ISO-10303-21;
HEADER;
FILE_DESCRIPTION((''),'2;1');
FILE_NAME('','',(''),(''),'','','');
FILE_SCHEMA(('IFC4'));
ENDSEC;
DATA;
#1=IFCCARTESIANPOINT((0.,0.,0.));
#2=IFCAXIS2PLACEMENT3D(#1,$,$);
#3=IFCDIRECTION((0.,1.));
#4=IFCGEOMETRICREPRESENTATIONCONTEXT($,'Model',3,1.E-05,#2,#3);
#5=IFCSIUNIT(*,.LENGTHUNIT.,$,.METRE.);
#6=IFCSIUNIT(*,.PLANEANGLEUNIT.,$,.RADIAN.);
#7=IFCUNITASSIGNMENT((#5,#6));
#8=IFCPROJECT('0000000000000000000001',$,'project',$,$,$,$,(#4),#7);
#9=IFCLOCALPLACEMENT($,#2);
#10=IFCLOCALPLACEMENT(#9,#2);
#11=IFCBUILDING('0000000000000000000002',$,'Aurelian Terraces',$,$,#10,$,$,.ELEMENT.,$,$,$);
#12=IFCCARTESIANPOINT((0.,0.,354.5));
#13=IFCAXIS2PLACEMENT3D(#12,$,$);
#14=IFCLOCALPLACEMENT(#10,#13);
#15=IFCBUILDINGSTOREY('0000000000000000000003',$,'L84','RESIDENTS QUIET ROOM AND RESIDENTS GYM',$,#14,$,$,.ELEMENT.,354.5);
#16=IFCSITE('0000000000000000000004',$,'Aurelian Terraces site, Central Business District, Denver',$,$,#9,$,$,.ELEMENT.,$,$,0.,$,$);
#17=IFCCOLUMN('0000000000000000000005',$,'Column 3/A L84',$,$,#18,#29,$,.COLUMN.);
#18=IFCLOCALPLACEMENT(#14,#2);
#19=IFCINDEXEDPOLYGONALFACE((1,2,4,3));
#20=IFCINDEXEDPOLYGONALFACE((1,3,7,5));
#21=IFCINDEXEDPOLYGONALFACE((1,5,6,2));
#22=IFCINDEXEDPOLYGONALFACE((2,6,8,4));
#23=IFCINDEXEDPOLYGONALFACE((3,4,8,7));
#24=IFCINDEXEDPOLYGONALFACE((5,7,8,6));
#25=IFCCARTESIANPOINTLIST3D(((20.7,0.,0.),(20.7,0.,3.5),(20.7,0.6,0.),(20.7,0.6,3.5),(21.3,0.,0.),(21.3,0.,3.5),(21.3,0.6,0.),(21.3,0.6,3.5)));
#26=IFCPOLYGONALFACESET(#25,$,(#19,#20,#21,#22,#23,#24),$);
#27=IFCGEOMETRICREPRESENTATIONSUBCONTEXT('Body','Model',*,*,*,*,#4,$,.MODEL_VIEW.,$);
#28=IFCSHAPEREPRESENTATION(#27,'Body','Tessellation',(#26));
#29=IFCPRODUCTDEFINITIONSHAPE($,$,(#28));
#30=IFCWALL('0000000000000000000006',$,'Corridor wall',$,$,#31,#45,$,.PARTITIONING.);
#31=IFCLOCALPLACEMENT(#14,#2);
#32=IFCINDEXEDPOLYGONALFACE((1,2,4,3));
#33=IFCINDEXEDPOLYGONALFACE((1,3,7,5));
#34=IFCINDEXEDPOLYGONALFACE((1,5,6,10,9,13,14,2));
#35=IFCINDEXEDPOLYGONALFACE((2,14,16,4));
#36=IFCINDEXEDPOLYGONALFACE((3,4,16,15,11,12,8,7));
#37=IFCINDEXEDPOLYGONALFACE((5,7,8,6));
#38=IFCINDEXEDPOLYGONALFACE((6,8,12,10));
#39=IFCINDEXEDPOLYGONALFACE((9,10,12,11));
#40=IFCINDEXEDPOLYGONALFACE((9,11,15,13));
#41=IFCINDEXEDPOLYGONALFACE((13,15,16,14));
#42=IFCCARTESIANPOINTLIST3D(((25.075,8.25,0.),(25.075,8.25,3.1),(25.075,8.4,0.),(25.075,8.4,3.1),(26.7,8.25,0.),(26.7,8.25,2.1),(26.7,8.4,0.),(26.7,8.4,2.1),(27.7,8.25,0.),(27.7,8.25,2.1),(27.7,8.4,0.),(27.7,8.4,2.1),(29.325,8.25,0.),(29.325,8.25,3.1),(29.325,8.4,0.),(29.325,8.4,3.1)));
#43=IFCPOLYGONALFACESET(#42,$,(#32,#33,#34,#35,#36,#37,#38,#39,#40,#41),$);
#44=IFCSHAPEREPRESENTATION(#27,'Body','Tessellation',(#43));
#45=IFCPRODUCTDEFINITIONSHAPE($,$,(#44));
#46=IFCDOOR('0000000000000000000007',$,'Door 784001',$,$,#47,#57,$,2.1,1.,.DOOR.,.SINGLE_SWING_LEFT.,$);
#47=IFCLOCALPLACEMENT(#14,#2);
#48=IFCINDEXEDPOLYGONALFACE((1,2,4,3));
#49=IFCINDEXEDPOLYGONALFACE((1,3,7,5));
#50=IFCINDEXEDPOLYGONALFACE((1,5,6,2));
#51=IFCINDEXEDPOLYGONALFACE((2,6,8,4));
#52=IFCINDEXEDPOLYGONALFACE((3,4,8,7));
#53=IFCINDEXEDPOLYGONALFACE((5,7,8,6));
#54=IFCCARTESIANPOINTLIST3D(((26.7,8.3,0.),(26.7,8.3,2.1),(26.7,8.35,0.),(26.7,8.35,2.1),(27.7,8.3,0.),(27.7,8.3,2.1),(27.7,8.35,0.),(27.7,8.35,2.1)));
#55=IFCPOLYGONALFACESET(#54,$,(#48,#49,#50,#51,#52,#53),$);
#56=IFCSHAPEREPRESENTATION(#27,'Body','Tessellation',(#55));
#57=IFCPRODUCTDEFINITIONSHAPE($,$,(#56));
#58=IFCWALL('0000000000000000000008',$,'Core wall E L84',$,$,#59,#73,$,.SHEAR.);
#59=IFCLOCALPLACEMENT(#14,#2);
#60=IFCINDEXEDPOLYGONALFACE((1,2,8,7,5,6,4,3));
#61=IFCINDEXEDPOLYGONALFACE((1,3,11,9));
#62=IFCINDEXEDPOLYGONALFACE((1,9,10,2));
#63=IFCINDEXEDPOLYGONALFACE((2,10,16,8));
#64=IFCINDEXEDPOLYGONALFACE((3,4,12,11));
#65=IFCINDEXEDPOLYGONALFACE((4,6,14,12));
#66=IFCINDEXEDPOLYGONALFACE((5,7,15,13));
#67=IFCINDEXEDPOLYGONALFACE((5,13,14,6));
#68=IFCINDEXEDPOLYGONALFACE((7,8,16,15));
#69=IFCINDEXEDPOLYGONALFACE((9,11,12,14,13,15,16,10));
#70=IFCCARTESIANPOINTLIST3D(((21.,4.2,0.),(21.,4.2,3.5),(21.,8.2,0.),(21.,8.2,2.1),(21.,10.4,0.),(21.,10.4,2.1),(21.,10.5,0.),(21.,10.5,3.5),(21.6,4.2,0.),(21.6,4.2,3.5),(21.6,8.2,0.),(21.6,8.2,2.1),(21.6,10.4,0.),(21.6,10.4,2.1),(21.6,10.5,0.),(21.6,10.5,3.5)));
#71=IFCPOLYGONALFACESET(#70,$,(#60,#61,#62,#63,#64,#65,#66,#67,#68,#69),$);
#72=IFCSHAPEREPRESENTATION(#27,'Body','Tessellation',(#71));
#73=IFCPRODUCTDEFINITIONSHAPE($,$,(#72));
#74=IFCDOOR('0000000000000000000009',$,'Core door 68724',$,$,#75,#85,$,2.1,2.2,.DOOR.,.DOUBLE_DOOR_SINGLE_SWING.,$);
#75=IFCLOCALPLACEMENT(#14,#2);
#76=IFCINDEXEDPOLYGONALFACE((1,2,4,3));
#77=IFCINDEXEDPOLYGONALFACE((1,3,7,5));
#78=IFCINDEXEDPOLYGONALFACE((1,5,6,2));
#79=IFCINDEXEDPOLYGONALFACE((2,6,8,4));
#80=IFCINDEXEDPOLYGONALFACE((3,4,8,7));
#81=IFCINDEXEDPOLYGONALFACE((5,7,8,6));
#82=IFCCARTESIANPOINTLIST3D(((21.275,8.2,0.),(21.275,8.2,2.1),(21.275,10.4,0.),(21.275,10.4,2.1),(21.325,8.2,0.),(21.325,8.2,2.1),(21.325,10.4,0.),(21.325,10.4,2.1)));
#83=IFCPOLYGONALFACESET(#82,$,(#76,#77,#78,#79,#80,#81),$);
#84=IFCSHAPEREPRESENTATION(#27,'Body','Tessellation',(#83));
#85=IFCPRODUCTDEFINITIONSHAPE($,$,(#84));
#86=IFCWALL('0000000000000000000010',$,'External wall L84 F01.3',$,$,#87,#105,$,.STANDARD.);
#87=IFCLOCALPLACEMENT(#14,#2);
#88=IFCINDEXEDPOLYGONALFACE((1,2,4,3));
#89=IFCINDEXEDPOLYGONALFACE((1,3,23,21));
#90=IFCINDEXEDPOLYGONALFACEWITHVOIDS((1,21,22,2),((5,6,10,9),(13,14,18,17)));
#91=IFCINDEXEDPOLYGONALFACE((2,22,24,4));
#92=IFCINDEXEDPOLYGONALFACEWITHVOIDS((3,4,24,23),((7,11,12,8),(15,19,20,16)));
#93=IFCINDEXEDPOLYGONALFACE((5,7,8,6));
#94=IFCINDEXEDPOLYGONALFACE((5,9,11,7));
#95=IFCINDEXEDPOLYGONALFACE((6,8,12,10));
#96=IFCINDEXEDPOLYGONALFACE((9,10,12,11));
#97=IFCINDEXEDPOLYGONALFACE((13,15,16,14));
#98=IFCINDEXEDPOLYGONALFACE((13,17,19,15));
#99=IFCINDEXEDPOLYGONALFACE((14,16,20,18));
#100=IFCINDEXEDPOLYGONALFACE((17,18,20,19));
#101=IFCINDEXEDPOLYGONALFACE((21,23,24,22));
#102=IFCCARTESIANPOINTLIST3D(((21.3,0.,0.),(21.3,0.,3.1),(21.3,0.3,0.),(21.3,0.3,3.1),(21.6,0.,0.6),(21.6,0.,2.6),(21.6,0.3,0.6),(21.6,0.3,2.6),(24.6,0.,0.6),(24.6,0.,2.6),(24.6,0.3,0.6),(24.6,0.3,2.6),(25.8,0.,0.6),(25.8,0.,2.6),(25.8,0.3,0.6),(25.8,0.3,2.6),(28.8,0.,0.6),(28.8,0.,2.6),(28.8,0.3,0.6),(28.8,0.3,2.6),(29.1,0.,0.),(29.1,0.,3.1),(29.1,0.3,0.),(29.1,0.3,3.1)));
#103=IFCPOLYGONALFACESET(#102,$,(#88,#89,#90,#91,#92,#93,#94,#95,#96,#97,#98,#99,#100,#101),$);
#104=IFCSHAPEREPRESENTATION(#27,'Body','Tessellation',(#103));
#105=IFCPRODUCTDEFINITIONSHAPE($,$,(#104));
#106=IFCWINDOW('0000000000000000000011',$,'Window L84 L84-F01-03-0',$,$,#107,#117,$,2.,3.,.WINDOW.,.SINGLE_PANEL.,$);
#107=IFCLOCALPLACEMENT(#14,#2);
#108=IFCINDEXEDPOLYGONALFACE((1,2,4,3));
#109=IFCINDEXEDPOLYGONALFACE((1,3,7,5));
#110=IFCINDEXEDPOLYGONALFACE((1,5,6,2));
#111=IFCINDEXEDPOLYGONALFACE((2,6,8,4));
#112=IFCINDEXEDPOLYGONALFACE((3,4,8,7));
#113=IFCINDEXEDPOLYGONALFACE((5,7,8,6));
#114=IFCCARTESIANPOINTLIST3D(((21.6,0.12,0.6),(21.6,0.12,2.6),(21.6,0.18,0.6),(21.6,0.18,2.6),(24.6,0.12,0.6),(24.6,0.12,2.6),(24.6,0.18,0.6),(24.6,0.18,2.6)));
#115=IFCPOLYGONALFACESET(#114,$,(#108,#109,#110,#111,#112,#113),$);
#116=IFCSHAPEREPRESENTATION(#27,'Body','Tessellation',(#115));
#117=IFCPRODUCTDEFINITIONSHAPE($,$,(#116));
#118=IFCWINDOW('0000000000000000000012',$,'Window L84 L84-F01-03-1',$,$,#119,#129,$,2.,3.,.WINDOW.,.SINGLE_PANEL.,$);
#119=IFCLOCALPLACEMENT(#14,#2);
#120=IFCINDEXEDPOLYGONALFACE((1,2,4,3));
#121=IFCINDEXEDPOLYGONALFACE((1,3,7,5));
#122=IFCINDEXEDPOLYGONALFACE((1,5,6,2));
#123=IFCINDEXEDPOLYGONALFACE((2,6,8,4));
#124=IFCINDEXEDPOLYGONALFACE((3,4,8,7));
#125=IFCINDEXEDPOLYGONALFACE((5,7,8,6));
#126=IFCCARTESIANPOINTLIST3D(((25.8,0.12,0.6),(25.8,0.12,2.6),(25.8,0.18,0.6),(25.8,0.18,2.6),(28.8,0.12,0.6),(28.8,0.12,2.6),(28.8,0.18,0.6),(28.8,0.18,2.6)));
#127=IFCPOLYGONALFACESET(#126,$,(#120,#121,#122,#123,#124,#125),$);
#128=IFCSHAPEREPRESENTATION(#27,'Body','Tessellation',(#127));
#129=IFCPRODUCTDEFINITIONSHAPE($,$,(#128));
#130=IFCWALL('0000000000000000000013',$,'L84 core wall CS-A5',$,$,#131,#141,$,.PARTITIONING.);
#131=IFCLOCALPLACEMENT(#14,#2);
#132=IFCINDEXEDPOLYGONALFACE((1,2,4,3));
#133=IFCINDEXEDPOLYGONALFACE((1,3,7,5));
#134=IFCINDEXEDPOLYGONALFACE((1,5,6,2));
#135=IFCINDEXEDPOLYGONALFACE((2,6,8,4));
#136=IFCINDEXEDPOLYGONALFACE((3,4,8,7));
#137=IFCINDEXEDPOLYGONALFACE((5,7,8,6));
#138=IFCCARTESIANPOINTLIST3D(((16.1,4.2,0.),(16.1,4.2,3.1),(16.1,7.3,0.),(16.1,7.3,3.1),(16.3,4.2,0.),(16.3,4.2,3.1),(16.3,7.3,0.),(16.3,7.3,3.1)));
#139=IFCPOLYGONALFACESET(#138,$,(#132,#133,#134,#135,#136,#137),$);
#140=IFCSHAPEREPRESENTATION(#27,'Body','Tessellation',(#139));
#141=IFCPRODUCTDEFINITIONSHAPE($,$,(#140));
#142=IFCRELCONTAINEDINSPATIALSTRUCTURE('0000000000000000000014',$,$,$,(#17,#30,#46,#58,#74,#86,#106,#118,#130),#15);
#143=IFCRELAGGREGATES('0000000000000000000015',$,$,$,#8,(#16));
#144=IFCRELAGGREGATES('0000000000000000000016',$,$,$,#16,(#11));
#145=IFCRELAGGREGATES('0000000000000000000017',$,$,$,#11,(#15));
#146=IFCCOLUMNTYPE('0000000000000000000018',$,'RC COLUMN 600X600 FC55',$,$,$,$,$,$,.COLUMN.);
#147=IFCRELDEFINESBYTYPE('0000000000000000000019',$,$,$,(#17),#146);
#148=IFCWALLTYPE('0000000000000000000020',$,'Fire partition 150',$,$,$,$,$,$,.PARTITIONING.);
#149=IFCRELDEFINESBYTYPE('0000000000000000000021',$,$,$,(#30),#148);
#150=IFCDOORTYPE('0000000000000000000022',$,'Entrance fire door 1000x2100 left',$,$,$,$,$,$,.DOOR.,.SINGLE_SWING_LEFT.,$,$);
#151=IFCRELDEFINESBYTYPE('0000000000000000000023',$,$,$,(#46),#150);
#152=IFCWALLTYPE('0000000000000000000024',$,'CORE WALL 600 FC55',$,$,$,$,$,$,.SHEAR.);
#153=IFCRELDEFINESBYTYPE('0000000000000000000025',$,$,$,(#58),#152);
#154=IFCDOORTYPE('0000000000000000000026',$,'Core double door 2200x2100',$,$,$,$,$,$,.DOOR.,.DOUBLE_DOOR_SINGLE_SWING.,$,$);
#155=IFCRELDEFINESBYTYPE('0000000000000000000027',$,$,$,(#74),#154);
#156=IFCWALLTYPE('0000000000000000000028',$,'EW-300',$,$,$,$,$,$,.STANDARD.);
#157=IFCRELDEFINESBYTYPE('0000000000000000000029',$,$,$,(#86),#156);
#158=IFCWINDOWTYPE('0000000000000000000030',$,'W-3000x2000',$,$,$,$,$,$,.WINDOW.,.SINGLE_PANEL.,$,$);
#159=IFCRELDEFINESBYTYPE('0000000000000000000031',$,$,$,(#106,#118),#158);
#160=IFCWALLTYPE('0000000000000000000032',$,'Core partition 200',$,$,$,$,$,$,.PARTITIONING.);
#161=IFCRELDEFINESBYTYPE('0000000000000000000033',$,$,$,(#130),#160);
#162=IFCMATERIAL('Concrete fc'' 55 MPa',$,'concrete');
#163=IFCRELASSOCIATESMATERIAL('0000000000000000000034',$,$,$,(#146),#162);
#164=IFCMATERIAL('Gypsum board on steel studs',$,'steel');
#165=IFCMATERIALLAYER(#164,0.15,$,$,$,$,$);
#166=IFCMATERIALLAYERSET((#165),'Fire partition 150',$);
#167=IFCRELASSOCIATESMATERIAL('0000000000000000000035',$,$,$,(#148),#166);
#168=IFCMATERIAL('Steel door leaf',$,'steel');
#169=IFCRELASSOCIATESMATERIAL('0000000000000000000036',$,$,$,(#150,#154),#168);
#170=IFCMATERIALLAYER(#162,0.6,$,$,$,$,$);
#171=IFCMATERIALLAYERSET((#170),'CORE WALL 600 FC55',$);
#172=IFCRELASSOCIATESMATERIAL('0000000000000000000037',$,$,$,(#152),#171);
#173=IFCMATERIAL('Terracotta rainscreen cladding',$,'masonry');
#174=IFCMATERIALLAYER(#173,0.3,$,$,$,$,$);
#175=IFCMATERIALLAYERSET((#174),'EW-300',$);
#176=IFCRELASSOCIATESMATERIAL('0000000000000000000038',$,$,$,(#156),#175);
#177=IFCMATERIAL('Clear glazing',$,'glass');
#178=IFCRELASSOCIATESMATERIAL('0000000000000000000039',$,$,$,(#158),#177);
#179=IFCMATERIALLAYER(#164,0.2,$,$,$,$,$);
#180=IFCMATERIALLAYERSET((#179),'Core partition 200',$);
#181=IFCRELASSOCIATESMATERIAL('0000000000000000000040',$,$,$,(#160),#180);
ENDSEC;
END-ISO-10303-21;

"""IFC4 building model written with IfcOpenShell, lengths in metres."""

from ifc_helpers import new_model, si_unit, direction, frame, frame_2d, origin, origin_2d, place, context, subcontext, project, spatial, rectangle, extrude, source, transform, mapped, material, layer, layer_set, material_profile, profile_set, type_object, element, fill, save


model = new_model("IFC4")

# Units and contexts
model_context = context("Model", 3, precision=1e-05, world=origin(), true_north=direction((0.0, 1.0)))
body_context = subcontext(model_context, "Body", "Model", "MODEL_VIEW")
ifc_project = project(units=[si_unit("LENGTHUNIT", "METRE"), si_unit("PLANEANGLEUNIT", "RADIAN")], contexts=[model_context])

# Site, building, storey
site_placement = place(None, origin())
site = spatial("IfcSite", under=ifc_project, at=site_placement, Name="Aurelian Terraces site, Central Business District, Denver", CompositionType="ELEMENT", RefElevation=0.0)
building_placement = place(site_placement, origin())
building = spatial("IfcBuilding", under=site, at=building_placement, Name="Aurelian Terraces", CompositionType="ELEMENT")
storey_placement = place(building_placement, frame((0.0, 0.0, 354.5)))
storey = spatial("IfcBuildingStorey", under=building, at=storey_placement, Name="L84", Description="RESIDENTS QUIET ROOM AND RESIDENTS GYM", CompositionType="ELEMENT", Elevation=354.5)

# Column
ifc_material_1 = material(Name="Concrete fc' 55 MPa", Category="concrete")
ifc_material_profile = material_profile(ifc_material_1, rectangle(XDim=0.6, YDim=0.6, at=origin_2d()))
ifc_profile_set = profile_set([ifc_material_profile], Name="Concrete fc' 55 MPa")
column_type = type_object("IfcColumnType", Name="RC COLUMN 600X600 FC55", PredefinedType="COLUMN", material=ifc_profile_set)
shared_shape_1 = source(origin(), body_context, "Body", "SweptSolid", [
    extrude(rectangle(XDim=0.6, YDim=0.6, at=origin_2d()), origin(), (0.0, 0.0, 1.0), 3.5),
])
column_placement = place(storey_placement, frame((21.0, 0.3, 0.0), z_axis=(0.0, 0.0, 1.0), x_axis=(1.0, 0.0, 0.0)))
element("IfcColumn", 1, at=column_placement, inside=storey, type_object=column_type, Name="Column 3/A L84", PredefinedType="COLUMN", context=body_context, shape_type="MappedRepresentation", body=[
    mapped(shared_shape_1, transform((0.0, 0.0, 0.0), scale=1.0)),
])

# Walls, openings, doors
ifc_material_2 = material(Name="Gypsum board on steel studs", Category="steel")
ifc_layer_1 = layer(ifc_material_2, 0.15)
ifc_layer_set_1 = layer_set([ifc_layer_1], Name="Fire partition 150")
wall_type_1 = type_object("IfcWallType", Name="Fire partition 150", PredefinedType="PARTITIONING", material=ifc_layer_set_1)
wall_1_placement = place(storey_placement, frame((29.325, 8.325, 0.0), z_axis=(0.0, 0.0, 1.0), x_axis=(-1.0, 0.0, 0.0)))
wall_1 = element("IfcWall", 2, at=wall_1_placement, inside=storey, type_object=wall_type_1, Name="Corridor wall", PredefinedType="PARTITIONING", context=body_context, shape_type="SweptSolid", body=[
    extrude(rectangle(XDim=4.25, YDim=0.15, at=frame_2d((2.125, 0.0))), origin(), (0.0, 0.0, 1.0), 3.1),
])
shared_shape_2 = source(origin(), body_context, "Body", "SweptSolid", [
    extrude(rectangle(XDim=1.0, YDim=2.1, at=frame_2d((0.5, 1.05))), frame((0.0, 0.085, 0.0), z_axis=(0.0, -1.0, 0.0), x_axis=(1.0, 0.0, 0.0)), (0.0, 0.0, 1.0), 0.17),
])
opening_1_placement = place(wall_1_placement, frame((1.625, 0.0, 0.0)))
opening_1 = element("IfcOpeningElement", 3, at=opening_1_placement, cuts=wall_1, PredefinedType="OPENING", context=body_context, shape_type="MappedRepresentation", body=[
    mapped(shared_shape_2, transform((0.0, 0.0, 0.0), scale=1.0)),
])
ifc_material_3 = material(Name="Steel door leaf", Category="steel")
door_type_1 = type_object("IfcDoorType", Name="Entrance fire door 1000x2100 left", OperationType="SINGLE_SWING_LEFT", PredefinedType="DOOR", material=ifc_material_3)
shared_shape_3 = source(origin(), body_context, "Body", "SweptSolid", [
    extrude(rectangle(XDim=1.0, YDim=2.1, at=frame_2d((0.5, 1.05))), frame((0.0, 0.025, 0.0), z_axis=(0.0, -1.0, 0.0), x_axis=(1.0, 0.0, 0.0)), (0.0, 0.0, 1.0), 0.05),
])
door_1_placement = place(opening_1_placement, origin())
door_1 = element("IfcDoor", 4, at=door_1_placement, inside=storey, type_object=door_type_1, Name="Door 784001", OperationType="SINGLE_SWING_LEFT", OverallHeight=2.1, OverallWidth=1.0, PredefinedType="DOOR", context=body_context, shape_type="MappedRepresentation", body=[
    mapped(shared_shape_3, transform((0.0, 0.0, 0.0), scale=1.0)),
])
fill(opening_1, door_1)
ifc_layer_2 = layer(ifc_material_1, 0.6)
ifc_layer_set_2 = layer_set([ifc_layer_2], Name="CORE WALL 600 FC55")
wall_type_2 = type_object("IfcWallType", Name="CORE WALL 600 FC55", PredefinedType="SHEAR", material=ifc_layer_set_2)
shared_shape_4 = source(origin(), body_context, "Body", "SweptSolid", [
    extrude(rectangle(XDim=6.3, YDim=0.6, at=frame_2d((3.15, 0.0))), origin(), (0.0, 0.0, 1.0), 3.5),
])
wall_2_placement = place(storey_placement, frame((21.3, 4.2, 0.0), z_axis=(0.0, 0.0, 1.0), x_axis=(0.0, 1.0, 0.0)))
wall_2 = element("IfcWall", 5, at=wall_2_placement, inside=storey, type_object=wall_type_2, Name="Core wall E L84", PredefinedType="SHEAR", context=body_context, shape_type="MappedRepresentation", body=[
    mapped(shared_shape_4, transform((0.0, 0.0, 0.0), scale=1.0)),
])
shared_shape_5 = source(origin(), body_context, "Body", "SweptSolid", [
    extrude(rectangle(XDim=2.2, YDim=2.1, at=frame_2d((1.1, 1.05))), frame((0.0, 0.31, 0.0), z_axis=(0.0, -1.0, 0.0), x_axis=(1.0, 0.0, 0.0)), (0.0, 0.0, 1.0), 0.62),
])
opening_2_placement = place(wall_2_placement, frame((4.0, 0.0, 0.0)))
opening_2 = element("IfcOpeningElement", 6, at=opening_2_placement, cuts=wall_2, PredefinedType="OPENING", context=body_context, shape_type="MappedRepresentation", body=[
    mapped(shared_shape_5, transform((0.0, 0.0, 0.0), scale=1.0)),
])
door_type_2 = type_object("IfcDoorType", Name="Core double door 2200x2100", OperationType="DOUBLE_DOOR_SINGLE_SWING", PredefinedType="DOOR", material=ifc_material_3)
shared_shape_6 = source(origin(), body_context, "Body", "SweptSolid", [
    extrude(rectangle(XDim=2.2, YDim=2.1, at=frame_2d((1.1, 1.05))), frame((0.0, 0.025, 0.0), z_axis=(0.0, -1.0, 0.0), x_axis=(1.0, 0.0, 0.0)), (0.0, 0.0, 1.0), 0.05),
])
door_2_placement = place(opening_2_placement, origin())
door_2 = element("IfcDoor", 7, at=door_2_placement, inside=storey, type_object=door_type_2, Name="Core door 68724", OperationType="DOUBLE_DOOR_SINGLE_SWING", OverallHeight=2.1, OverallWidth=2.2, PredefinedType="DOOR", context=body_context, shape_type="MappedRepresentation", body=[
    mapped(shared_shape_6, transform((0.0, 0.0, 0.0), scale=1.0)),
])
fill(opening_2, door_2)

# Wall, openings, windows
ifc_material_4 = material(Name="Terracotta rainscreen cladding", Category="masonry")
ifc_layer_3 = layer(ifc_material_4, 0.3)
ifc_layer_set_3 = layer_set([ifc_layer_3], Name="EW-300")
wall_type_3 = type_object("IfcWallType", Name="EW-300", PredefinedType="STANDARD", material=ifc_layer_set_3)
shared_shape_7 = source(origin(), body_context, "Body", "SweptSolid", [
    extrude(rectangle(XDim=7.8, YDim=0.3, at=frame_2d((3.9, 0.0))), origin(), (0.0, 0.0, 1.0), 3.1),
])
wall_3_placement = place(storey_placement, frame((21.3, 0.15, 0.0), z_axis=(0.0, 0.0, 1.0), x_axis=(1.0, 0.0, 0.0)))
wall_3 = element("IfcWall", 8, at=wall_3_placement, inside=storey, type_object=wall_type_3, Name="External wall L84 F01.3", PredefinedType="STANDARD", context=body_context, shape_type="MappedRepresentation", body=[
    mapped(shared_shape_7, transform((0.0, 0.0, 0.0), scale=1.0)),
])
shared_shape_8 = source(origin(), body_context, "Body", "SweptSolid", [
    extrude(rectangle(XDim=3.0, YDim=2.0, at=frame_2d((1.5, 1.0))), frame((0.0, 0.16, 0.0), z_axis=(0.0, -1.0, 0.0), x_axis=(1.0, 0.0, 0.0)), (0.0, 0.0, 1.0), 0.32),
])
opening_3_placement = place(wall_3_placement, frame((0.3, 0.0, 0.6)))
opening_3 = element("IfcOpeningElement", 9, at=opening_3_placement, cuts=wall_3, PredefinedType="OPENING", context=body_context, shape_type="MappedRepresentation", body=[
    mapped(shared_shape_8, transform((0.0, 0.0, 0.0), scale=1.0)),
])
opening_4_placement = place(wall_3_placement, frame((4.5, 0.0, 0.6)))
opening_4 = element("IfcOpeningElement", 10, at=opening_4_placement, cuts=wall_3, PredefinedType="OPENING", context=body_context, shape_type="MappedRepresentation", body=[
    mapped(shared_shape_8, transform((0.0, 0.0, 0.0), scale=1.0)),
])
ifc_material_5 = material(Name="Clear glazing", Category="glass")
window_type = type_object("IfcWindowType", Name="W-3000x2000", PartitioningType="SINGLE_PANEL", PredefinedType="WINDOW", material=ifc_material_5)
shared_shape_9 = source(origin(), body_context, "Body", "SweptSolid", [
    extrude(rectangle(XDim=3.0, YDim=2.0, at=frame_2d((1.5, 1.0))), frame((0.0, 0.03, 0.0), z_axis=(0.0, -1.0, 0.0), x_axis=(1.0, 0.0, 0.0)), (0.0, 0.0, 1.0), 0.06),
])
window_1_placement = place(opening_3_placement, origin())
window_1 = element("IfcWindow", 11, at=window_1_placement, inside=storey, type_object=window_type, Name="Window L84 L84-F01-03-0", OverallHeight=2.0, OverallWidth=3.0, PartitioningType="SINGLE_PANEL", PredefinedType="WINDOW", context=body_context, shape_type="MappedRepresentation", body=[
    mapped(shared_shape_9, transform((0.0, 0.0, 0.0), scale=1.0)),
])
fill(opening_3, window_1)
window_2_placement = place(opening_4_placement, origin())
window_2 = element("IfcWindow", 12, at=window_2_placement, inside=storey, type_object=window_type, Name="Window L84 L84-F01-03-1", OverallHeight=2.0, OverallWidth=3.0, PartitioningType="SINGLE_PANEL", PredefinedType="WINDOW", context=body_context, shape_type="MappedRepresentation", body=[
    mapped(shared_shape_9, transform((0.0, 0.0, 0.0), scale=1.0)),
])
fill(opening_4, window_2)

# Wall
ifc_layer_4 = layer(ifc_material_2, 0.2)
ifc_layer_set_4 = layer_set([ifc_layer_4], Name="Core partition 200")
wall_type_4 = type_object("IfcWallType", Name="Core partition 200", PredefinedType="PARTITIONING", material=ifc_layer_set_4)
shared_shape_10 = source(origin(), body_context, "Body", "SweptSolid", [
    extrude(rectangle(XDim=3.1, YDim=0.2, at=frame_2d((1.55, 0.0))), origin(), (0.0, 0.0, 1.0), 3.1),
])
wall_4_placement = place(storey_placement, frame((16.2, 4.2, 0.0), z_axis=(0.0, 0.0, 1.0), x_axis=(0.0, 1.0, 0.0)))
element("IfcWall", 13, at=wall_4_placement, inside=storey, type_object=wall_type_4, Name="L84 core wall CS-A5", PredefinedType="PARTITIONING", context=body_context, shape_type="MappedRepresentation", body=[
    mapped(shared_shape_10, transform((0.0, 0.0, 0.0), scale=1.0)),
])

save(model, "model.ifc")
